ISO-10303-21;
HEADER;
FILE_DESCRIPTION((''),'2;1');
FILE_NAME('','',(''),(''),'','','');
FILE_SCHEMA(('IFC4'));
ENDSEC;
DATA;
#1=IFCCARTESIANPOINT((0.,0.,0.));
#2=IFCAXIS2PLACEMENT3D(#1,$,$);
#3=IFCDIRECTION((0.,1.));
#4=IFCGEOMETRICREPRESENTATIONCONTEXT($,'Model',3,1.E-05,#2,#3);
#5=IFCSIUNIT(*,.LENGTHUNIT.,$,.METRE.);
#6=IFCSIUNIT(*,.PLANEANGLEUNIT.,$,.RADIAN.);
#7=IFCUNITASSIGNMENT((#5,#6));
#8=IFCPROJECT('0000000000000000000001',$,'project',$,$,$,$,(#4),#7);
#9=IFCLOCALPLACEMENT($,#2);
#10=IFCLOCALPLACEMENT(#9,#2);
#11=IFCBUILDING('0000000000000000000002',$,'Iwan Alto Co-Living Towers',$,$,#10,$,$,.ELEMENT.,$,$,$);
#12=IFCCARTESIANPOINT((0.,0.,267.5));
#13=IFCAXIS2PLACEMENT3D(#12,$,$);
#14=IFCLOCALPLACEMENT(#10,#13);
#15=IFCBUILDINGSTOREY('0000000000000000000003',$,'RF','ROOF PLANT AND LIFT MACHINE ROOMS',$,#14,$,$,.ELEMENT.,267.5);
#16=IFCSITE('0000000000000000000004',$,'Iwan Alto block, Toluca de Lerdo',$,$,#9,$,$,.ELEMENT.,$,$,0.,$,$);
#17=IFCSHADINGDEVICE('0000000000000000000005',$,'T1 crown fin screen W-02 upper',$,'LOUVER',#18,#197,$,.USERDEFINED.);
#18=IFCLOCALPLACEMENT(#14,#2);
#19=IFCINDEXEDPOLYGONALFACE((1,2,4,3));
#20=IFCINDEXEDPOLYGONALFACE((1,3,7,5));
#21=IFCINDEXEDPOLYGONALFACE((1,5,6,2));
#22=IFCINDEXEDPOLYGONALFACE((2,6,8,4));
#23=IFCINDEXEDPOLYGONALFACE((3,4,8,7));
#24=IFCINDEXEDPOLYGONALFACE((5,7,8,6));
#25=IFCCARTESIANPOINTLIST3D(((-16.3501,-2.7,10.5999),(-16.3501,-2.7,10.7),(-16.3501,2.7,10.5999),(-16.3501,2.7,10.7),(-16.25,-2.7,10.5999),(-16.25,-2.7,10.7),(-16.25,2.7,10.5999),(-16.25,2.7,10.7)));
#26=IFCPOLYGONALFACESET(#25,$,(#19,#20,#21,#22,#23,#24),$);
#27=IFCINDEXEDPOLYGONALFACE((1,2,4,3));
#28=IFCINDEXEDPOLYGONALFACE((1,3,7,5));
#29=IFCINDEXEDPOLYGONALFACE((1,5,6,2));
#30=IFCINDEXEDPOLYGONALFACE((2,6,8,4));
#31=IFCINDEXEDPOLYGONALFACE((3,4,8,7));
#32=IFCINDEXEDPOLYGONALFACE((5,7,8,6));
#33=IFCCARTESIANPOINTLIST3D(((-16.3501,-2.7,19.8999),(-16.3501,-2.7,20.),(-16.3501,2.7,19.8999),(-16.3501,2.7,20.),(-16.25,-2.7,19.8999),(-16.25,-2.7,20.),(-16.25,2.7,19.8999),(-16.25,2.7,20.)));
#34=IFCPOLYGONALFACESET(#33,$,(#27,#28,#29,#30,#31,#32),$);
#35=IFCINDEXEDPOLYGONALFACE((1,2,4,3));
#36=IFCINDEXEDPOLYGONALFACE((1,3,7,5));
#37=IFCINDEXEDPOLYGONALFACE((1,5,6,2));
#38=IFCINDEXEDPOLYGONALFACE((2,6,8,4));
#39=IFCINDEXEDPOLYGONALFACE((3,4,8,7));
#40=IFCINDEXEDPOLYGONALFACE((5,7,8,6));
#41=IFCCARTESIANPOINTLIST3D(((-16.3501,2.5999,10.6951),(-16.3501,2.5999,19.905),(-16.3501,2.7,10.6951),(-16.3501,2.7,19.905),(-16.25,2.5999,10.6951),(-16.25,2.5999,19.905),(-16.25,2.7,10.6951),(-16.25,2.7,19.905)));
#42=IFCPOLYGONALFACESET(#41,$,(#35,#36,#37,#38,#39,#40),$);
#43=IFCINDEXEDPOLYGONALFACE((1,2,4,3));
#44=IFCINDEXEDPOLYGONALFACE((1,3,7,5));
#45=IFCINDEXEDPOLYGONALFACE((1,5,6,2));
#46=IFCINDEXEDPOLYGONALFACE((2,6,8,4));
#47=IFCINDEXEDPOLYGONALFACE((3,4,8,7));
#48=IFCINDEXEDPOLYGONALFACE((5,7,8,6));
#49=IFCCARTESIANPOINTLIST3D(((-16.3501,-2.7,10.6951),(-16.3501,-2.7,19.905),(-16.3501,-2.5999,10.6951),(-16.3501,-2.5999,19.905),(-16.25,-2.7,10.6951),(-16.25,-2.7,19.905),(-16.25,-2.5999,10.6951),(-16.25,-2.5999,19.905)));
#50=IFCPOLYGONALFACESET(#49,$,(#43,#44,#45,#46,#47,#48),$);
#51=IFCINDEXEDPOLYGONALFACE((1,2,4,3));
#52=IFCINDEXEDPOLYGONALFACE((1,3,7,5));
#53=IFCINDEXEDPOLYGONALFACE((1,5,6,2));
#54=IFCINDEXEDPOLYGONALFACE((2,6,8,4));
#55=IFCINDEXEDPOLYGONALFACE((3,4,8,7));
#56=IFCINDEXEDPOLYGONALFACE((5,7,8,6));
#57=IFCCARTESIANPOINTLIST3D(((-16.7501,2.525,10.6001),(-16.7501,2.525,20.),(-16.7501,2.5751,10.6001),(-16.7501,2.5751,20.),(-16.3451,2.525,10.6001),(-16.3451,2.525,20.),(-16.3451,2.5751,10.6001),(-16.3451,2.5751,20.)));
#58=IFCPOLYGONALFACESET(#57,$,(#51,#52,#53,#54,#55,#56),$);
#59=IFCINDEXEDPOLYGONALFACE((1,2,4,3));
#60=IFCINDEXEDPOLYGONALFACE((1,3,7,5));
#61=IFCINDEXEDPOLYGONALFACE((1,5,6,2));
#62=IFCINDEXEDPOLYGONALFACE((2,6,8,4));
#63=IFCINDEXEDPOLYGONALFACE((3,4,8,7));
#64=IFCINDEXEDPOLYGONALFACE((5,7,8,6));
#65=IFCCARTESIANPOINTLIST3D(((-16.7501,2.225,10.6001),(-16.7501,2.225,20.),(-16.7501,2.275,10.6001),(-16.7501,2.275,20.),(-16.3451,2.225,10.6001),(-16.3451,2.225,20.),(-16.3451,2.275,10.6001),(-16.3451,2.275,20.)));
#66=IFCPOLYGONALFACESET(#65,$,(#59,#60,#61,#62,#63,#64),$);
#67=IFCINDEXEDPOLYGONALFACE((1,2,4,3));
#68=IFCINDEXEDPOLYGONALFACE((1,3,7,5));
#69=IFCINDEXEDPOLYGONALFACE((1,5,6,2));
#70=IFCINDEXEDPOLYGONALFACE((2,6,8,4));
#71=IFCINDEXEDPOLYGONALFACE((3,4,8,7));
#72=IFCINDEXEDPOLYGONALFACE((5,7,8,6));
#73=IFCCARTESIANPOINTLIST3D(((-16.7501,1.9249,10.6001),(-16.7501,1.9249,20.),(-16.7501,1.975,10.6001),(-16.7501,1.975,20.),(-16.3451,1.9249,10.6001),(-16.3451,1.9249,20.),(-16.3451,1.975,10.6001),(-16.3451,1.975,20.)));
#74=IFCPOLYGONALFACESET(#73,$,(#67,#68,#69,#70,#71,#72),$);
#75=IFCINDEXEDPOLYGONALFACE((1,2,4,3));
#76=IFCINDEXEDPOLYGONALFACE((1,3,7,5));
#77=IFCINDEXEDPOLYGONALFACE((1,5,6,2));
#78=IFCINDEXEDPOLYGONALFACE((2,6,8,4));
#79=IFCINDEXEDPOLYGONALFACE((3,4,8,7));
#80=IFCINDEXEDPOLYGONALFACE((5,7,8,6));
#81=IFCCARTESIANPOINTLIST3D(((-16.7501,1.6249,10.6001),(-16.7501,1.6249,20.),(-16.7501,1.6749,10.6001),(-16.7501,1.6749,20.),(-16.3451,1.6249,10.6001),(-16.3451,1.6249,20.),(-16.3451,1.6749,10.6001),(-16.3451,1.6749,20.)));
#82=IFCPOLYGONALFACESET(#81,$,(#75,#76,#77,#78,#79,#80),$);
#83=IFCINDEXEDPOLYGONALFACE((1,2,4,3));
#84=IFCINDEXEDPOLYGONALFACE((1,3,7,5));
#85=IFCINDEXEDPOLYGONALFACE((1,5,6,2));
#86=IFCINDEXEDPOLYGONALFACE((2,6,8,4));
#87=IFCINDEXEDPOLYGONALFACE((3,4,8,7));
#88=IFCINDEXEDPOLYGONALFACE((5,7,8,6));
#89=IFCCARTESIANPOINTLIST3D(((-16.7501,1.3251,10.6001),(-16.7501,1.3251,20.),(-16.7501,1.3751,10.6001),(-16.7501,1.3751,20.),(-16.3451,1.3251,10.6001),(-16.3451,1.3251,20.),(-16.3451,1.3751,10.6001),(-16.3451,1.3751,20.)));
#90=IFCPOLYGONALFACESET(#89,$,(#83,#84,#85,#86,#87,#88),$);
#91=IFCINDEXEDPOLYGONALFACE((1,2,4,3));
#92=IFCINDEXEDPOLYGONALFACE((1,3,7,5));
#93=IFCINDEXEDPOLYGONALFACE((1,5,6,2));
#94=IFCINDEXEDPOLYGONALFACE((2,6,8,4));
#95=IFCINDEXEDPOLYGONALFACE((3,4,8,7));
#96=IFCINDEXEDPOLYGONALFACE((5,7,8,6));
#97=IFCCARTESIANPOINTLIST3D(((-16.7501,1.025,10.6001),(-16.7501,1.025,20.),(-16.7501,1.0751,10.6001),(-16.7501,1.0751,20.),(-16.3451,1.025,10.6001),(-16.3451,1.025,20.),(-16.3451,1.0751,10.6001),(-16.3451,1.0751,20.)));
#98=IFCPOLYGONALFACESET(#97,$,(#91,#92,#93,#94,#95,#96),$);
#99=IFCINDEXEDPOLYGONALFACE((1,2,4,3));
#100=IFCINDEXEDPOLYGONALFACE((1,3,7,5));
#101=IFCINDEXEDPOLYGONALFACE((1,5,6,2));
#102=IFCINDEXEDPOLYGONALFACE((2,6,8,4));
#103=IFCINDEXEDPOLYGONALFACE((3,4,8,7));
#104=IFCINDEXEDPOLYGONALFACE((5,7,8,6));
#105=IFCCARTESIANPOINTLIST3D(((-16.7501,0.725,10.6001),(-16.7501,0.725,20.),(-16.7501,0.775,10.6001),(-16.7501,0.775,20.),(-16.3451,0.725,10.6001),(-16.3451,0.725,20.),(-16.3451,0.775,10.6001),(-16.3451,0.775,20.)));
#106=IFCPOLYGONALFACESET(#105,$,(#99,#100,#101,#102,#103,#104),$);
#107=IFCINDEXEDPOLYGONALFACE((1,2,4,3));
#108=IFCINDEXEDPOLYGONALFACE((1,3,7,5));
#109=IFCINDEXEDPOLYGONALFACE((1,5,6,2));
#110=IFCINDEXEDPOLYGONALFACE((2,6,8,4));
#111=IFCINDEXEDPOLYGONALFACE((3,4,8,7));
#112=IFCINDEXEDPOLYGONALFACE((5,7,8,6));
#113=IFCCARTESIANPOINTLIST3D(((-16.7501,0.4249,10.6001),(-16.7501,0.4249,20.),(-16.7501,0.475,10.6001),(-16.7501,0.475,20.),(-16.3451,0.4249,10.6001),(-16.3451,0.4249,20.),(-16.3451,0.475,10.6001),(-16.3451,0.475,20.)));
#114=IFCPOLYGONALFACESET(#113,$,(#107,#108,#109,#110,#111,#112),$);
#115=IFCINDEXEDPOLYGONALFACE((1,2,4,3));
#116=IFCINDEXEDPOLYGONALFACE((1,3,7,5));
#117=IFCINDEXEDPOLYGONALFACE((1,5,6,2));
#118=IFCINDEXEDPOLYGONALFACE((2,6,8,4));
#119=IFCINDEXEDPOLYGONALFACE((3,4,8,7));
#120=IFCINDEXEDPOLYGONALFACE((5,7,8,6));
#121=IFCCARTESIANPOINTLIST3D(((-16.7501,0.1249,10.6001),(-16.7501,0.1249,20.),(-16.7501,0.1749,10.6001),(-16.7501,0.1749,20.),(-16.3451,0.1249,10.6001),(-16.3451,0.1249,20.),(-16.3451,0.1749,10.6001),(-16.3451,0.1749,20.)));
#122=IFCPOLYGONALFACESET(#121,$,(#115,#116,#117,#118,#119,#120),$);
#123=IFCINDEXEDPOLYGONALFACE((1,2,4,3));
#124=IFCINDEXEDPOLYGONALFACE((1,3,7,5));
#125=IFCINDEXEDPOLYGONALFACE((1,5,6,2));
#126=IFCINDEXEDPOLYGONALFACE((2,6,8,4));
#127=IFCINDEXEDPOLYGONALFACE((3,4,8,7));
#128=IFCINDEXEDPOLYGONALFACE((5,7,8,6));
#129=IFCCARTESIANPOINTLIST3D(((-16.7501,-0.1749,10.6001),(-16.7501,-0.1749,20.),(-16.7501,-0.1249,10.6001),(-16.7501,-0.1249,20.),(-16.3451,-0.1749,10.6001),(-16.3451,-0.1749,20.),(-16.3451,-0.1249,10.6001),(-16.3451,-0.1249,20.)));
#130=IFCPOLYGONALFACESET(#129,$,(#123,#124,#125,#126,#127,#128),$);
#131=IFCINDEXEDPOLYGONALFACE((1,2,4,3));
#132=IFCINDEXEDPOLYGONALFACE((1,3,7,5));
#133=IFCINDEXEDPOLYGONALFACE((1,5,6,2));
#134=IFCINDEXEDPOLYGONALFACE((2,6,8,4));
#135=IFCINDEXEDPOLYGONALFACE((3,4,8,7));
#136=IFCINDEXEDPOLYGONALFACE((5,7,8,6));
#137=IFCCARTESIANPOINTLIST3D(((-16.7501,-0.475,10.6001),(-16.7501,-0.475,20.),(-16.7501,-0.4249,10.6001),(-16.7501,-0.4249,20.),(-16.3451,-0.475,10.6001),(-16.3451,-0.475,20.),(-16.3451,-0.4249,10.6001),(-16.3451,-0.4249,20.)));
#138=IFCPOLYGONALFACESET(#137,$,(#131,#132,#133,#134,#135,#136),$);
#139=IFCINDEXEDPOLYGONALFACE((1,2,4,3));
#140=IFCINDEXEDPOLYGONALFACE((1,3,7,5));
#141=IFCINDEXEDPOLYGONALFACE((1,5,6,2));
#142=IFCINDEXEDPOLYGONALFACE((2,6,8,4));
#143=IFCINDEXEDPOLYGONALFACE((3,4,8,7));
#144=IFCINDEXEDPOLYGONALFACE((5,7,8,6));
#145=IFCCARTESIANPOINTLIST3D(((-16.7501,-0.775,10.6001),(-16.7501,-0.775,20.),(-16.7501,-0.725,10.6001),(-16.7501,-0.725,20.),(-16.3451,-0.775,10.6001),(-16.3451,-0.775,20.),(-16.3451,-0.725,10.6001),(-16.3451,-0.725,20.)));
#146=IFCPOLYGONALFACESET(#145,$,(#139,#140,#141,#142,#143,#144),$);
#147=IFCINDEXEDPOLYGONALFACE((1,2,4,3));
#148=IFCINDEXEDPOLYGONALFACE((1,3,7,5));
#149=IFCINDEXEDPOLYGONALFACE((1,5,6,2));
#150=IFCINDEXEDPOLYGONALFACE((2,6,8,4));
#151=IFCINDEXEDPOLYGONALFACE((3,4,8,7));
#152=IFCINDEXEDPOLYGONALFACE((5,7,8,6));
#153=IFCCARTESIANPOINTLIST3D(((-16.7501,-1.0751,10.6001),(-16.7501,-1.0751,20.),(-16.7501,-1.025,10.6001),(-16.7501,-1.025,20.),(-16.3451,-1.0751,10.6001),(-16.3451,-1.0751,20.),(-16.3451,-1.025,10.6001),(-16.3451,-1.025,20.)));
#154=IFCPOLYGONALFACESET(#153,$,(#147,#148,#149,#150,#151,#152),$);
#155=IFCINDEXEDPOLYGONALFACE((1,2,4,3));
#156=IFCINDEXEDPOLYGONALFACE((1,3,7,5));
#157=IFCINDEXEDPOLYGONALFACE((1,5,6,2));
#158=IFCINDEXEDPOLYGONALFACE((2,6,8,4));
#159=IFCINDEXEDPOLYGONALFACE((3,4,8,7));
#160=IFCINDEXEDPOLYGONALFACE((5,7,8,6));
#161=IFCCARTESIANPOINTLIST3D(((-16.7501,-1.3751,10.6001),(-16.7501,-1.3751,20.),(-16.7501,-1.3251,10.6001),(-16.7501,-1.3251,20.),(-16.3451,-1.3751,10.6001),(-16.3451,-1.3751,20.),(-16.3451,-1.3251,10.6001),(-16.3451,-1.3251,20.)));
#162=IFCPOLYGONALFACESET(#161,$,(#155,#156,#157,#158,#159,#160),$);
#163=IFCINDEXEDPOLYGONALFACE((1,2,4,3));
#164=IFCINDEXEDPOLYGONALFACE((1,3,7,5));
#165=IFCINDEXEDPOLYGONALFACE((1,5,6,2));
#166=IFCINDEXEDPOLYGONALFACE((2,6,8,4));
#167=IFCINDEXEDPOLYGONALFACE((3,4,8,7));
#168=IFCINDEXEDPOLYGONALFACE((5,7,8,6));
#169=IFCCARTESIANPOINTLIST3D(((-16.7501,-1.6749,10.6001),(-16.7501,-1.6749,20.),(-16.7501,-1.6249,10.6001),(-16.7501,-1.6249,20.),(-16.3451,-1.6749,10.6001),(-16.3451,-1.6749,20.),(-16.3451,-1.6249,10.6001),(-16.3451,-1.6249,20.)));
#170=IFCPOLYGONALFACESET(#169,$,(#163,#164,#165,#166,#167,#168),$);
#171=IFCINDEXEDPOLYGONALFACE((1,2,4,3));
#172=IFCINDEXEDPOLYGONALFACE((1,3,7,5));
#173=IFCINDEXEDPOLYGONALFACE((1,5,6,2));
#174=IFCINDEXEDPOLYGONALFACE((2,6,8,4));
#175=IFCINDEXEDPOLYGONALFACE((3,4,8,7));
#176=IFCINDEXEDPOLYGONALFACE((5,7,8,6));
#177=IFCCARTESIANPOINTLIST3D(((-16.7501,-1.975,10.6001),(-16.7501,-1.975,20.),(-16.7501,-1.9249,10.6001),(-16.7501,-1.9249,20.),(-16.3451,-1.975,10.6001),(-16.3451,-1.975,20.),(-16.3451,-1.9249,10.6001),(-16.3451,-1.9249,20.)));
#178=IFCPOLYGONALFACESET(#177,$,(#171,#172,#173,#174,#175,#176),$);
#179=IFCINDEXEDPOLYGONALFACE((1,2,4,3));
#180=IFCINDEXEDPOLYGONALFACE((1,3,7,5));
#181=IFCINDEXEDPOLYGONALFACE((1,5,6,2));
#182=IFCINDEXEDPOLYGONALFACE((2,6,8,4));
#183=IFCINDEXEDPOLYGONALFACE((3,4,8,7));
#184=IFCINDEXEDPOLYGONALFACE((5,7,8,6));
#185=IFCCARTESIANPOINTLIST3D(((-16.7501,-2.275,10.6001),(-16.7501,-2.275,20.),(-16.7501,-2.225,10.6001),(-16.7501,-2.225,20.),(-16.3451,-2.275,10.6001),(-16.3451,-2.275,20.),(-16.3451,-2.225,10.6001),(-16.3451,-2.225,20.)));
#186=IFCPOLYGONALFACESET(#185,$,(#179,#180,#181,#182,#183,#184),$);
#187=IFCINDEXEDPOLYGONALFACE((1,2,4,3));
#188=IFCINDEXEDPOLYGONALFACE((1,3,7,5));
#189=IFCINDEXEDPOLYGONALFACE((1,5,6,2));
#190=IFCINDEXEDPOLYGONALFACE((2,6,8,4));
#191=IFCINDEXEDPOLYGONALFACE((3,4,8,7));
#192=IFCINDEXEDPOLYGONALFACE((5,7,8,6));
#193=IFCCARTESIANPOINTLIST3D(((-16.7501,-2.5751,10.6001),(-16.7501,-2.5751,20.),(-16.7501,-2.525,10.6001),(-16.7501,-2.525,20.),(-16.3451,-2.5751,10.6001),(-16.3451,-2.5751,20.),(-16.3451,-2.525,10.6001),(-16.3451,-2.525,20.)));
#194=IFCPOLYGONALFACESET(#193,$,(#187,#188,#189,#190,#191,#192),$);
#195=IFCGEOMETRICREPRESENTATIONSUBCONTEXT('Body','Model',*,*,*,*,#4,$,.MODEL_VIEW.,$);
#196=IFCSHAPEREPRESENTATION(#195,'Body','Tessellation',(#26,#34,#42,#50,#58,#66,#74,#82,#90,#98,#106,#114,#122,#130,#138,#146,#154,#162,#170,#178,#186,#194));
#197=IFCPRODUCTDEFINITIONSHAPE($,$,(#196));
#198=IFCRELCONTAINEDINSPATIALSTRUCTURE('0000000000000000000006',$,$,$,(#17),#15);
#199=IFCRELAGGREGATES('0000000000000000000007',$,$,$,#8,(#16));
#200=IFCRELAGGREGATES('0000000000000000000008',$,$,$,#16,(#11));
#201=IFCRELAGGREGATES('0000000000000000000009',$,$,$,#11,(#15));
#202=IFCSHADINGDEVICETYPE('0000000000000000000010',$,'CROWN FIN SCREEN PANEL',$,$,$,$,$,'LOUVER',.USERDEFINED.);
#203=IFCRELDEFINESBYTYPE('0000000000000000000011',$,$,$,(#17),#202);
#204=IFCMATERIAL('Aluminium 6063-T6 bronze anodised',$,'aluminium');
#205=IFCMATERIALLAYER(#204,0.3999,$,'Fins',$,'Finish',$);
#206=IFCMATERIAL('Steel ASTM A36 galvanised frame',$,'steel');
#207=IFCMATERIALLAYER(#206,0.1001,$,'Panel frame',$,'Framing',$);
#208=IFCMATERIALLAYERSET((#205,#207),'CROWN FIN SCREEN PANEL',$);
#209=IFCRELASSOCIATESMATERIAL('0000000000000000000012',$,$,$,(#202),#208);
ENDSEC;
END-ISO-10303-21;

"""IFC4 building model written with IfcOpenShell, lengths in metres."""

from ifc_helpers import new_model, si_unit, direction, frame, origin, origin_2d, place, context, subcontext, project, spatial, rectangle, extrude, material, layer, layer_set, type_object, element, save


model = new_model("IFC4")

# Units and contexts
model_context = context("Model", 3, precision=1e-05, world=origin(), true_north=direction((0.0, 1.0)))
body_context = subcontext(model_context, "Body", "Model", "MODEL_VIEW")
ifc_project = project(units=[si_unit("LENGTHUNIT", "METRE"), si_unit("PLANEANGLEUNIT", "RADIAN")], contexts=[model_context])

# Site, building, storey
site_placement = place(None, origin())
site = spatial("IfcSite", under=ifc_project, at=site_placement, Name="Iwan Alto block, Toluca de Lerdo", CompositionType="ELEMENT", RefElevation=0.0)
building_placement = place(site_placement, origin())
building = spatial("IfcBuilding", under=site, at=building_placement, Name="Iwan Alto Co-Living Towers", CompositionType="ELEMENT")
storey_placement = place(building_placement, frame((0.0, 0.0, 267.5)))
storey = spatial("IfcBuildingStorey", under=building, at=storey_placement, Name="RF", Description="ROOF PLANT AND LIFT MACHINE ROOMS", CompositionType="ELEMENT", Elevation=267.5)

# Shading device
ifc_material_1 = material(Name="Aluminium 6063-T6 bronze anodised", Category="aluminium")
ifc_layer_1 = layer(ifc_material_1, 0.3999, Name="Fins", Category="Finish")
ifc_material_2 = material(Name="Steel ASTM A36 galvanised frame", Category="steel")
ifc_layer_2 = layer(ifc_material_2, 0.1001, Name="Panel frame", Category="Framing")
ifc_layer_set = layer_set([ifc_layer_1, ifc_layer_2], Name="CROWN FIN SCREEN PANEL")
shading_device_type = type_object("IfcShadingDeviceType", Name="CROWN FIN SCREEN PANEL", ElementType="LOUVER", PredefinedType="USERDEFINED", material=ifc_layer_set)
shading_device_1_placement = place(storey_placement, frame((0.0, 0.0, -267.5)))
element("IfcShadingDevice", 1, at=shading_device_1_placement, inside=storey, type_object=shading_device_type, Name="T1 crown fin screen W-02 upper", ObjectType="LOUVER", PredefinedType="USERDEFINED", context=body_context, shape_type="SweptSolid", body=[
    extrude(rectangle(XDim=5.3999, YDim=0.1001, at=origin_2d()), frame((-16.3, 0.0, 278.0999), z_axis=(0.0, 0.0, 1.0), x_axis=(0.0, -1.0, 0.0)), (0.0, 0.0, 1.0), 0.1001),
    extrude(rectangle(XDim=5.3999, YDim=0.1001, at=origin_2d()), frame((-16.3, 0.0, 287.3999), z_axis=(0.0, 0.0, 1.0), x_axis=(0.0, -1.0, 0.0)), (0.0, 0.0, 1.0), 0.1001),
    extrude(rectangle(XDim=0.1001, YDim=0.1001, at=origin_2d()), frame((-16.3, 2.6499, 278.1951), z_axis=(0.0, 0.0, 1.0), x_axis=(0.0, -1.0, 0.0)), (0.0, 0.0, 1.0), 9.21),
    extrude(rectangle(XDim=0.1001, YDim=0.1001, at=origin_2d()), frame((-16.3, -2.6499, 278.1951), z_axis=(0.0, 0.0, 1.0), x_axis=(0.0, -1.0, 0.0)), (0.0, 0.0, 1.0), 9.21),
    extrude(rectangle(XDim=0.05, YDim=0.405, at=origin_2d()), frame((-16.5476, 2.55, 278.1001), z_axis=(0.0, 0.0, 1.0), x_axis=(0.0, -1.0, 0.0)), (0.0, 0.0, 1.0), 9.3999),
    extrude(rectangle(XDim=0.05, YDim=0.405, at=origin_2d()), frame((-16.5476, 2.25, 278.1001), z_axis=(0.0, 0.0, 1.0), x_axis=(0.0, -1.0, 0.0)), (0.0, 0.0, 1.0), 9.3999),
    extrude(rectangle(XDim=0.05, YDim=0.405, at=origin_2d()), frame((-16.5476, 1.95, 278.1001), z_axis=(0.0, 0.0, 1.0), x_axis=(0.0, -1.0, 0.0)), (0.0, 0.0, 1.0), 9.3999),
    extrude(rectangle(XDim=0.05, YDim=0.405, at=origin_2d()), frame((-16.5476, 1.6499, 278.1001), z_axis=(0.0, 0.0, 1.0), x_axis=(0.0, -1.0, 0.0)), (0.0, 0.0, 1.0), 9.3999),
    extrude(rectangle(XDim=0.05, YDim=0.405, at=origin_2d()), frame((-16.5476, 1.3501, 278.1001), z_axis=(0.0, 0.0, 1.0), x_axis=(0.0, -1.0, 0.0)), (0.0, 0.0, 1.0), 9.3999),
    extrude(rectangle(XDim=0.05, YDim=0.405, at=origin_2d()), frame((-16.5476, 1.05, 278.1001), z_axis=(0.0, 0.0, 1.0), x_axis=(0.0, -1.0, 0.0)), (0.0, 0.0, 1.0), 9.3999),
    extrude(rectangle(XDim=0.05, YDim=0.405, at=origin_2d()), frame((-16.5476, 0.75, 278.1001), z_axis=(0.0, 0.0, 1.0), x_axis=(0.0, -1.0, 0.0)), (0.0, 0.0, 1.0), 9.3999),
    extrude(rectangle(XDim=0.05, YDim=0.405, at=origin_2d()), frame((-16.5476, 0.45, 278.1001), z_axis=(0.0, 0.0, 1.0), x_axis=(0.0, -1.0, 0.0)), (0.0, 0.0, 1.0), 9.3999),
    extrude(rectangle(XDim=0.05, YDim=0.405, at=origin_2d()), frame((-16.5476, 0.1499, 278.1001), z_axis=(0.0, 0.0, 1.0), x_axis=(0.0, -1.0, 0.0)), (0.0, 0.0, 1.0), 9.3999),
    extrude(rectangle(XDim=0.05, YDim=0.405, at=origin_2d()), frame((-16.5476, -0.1499, 278.1001), z_axis=(0.0, 0.0, 1.0), x_axis=(0.0, -1.0, 0.0)), (0.0, 0.0, 1.0), 9.3999),
    extrude(rectangle(XDim=0.05, YDim=0.405, at=origin_2d()), frame((-16.5476, -0.45, 278.1001), z_axis=(0.0, 0.0, 1.0), x_axis=(0.0, -1.0, 0.0)), (0.0, 0.0, 1.0), 9.3999),
    extrude(rectangle(XDim=0.05, YDim=0.405, at=origin_2d()), frame((-16.5476, -0.75, 278.1001), z_axis=(0.0, 0.0, 1.0), x_axis=(0.0, -1.0, 0.0)), (0.0, 0.0, 1.0), 9.3999),
    extrude(rectangle(XDim=0.05, YDim=0.405, at=origin_2d()), frame((-16.5476, -1.05, 278.1001), z_axis=(0.0, 0.0, 1.0), x_axis=(0.0, -1.0, 0.0)), (0.0, 0.0, 1.0), 9.3999),
    extrude(rectangle(XDim=0.05, YDim=0.405, at=origin_2d()), frame((-16.5476, -1.3501, 278.1001), z_axis=(0.0, 0.0, 1.0), x_axis=(0.0, -1.0, 0.0)), (0.0, 0.0, 1.0), 9.3999),
    extrude(rectangle(XDim=0.05, YDim=0.405, at=origin_2d()), frame((-16.5476, -1.6499, 278.1001), z_axis=(0.0, 0.0, 1.0), x_axis=(0.0, -1.0, 0.0)), (0.0, 0.0, 1.0), 9.3999),
    extrude(rectangle(XDim=0.05, YDim=0.405, at=origin_2d()), frame((-16.5476, -1.95, 278.1001), z_axis=(0.0, 0.0, 1.0), x_axis=(0.0, -1.0, 0.0)), (0.0, 0.0, 1.0), 9.3999),
    extrude(rectangle(XDim=0.05, YDim=0.405, at=origin_2d()), frame((-16.5476, -2.25, 278.1001), z_axis=(0.0, 0.0, 1.0), x_axis=(0.0, -1.0, 0.0)), (0.0, 0.0, 1.0), 9.3999),
    extrude(rectangle(XDim=0.05, YDim=0.405, at=origin_2d()), frame((-16.5476, -2.55, 278.1001), z_axis=(0.0, 0.0, 1.0), x_axis=(0.0, -1.0, 0.0)), (0.0, 0.0, 1.0), 9.3999),
])

save(model, "model.ifc")
